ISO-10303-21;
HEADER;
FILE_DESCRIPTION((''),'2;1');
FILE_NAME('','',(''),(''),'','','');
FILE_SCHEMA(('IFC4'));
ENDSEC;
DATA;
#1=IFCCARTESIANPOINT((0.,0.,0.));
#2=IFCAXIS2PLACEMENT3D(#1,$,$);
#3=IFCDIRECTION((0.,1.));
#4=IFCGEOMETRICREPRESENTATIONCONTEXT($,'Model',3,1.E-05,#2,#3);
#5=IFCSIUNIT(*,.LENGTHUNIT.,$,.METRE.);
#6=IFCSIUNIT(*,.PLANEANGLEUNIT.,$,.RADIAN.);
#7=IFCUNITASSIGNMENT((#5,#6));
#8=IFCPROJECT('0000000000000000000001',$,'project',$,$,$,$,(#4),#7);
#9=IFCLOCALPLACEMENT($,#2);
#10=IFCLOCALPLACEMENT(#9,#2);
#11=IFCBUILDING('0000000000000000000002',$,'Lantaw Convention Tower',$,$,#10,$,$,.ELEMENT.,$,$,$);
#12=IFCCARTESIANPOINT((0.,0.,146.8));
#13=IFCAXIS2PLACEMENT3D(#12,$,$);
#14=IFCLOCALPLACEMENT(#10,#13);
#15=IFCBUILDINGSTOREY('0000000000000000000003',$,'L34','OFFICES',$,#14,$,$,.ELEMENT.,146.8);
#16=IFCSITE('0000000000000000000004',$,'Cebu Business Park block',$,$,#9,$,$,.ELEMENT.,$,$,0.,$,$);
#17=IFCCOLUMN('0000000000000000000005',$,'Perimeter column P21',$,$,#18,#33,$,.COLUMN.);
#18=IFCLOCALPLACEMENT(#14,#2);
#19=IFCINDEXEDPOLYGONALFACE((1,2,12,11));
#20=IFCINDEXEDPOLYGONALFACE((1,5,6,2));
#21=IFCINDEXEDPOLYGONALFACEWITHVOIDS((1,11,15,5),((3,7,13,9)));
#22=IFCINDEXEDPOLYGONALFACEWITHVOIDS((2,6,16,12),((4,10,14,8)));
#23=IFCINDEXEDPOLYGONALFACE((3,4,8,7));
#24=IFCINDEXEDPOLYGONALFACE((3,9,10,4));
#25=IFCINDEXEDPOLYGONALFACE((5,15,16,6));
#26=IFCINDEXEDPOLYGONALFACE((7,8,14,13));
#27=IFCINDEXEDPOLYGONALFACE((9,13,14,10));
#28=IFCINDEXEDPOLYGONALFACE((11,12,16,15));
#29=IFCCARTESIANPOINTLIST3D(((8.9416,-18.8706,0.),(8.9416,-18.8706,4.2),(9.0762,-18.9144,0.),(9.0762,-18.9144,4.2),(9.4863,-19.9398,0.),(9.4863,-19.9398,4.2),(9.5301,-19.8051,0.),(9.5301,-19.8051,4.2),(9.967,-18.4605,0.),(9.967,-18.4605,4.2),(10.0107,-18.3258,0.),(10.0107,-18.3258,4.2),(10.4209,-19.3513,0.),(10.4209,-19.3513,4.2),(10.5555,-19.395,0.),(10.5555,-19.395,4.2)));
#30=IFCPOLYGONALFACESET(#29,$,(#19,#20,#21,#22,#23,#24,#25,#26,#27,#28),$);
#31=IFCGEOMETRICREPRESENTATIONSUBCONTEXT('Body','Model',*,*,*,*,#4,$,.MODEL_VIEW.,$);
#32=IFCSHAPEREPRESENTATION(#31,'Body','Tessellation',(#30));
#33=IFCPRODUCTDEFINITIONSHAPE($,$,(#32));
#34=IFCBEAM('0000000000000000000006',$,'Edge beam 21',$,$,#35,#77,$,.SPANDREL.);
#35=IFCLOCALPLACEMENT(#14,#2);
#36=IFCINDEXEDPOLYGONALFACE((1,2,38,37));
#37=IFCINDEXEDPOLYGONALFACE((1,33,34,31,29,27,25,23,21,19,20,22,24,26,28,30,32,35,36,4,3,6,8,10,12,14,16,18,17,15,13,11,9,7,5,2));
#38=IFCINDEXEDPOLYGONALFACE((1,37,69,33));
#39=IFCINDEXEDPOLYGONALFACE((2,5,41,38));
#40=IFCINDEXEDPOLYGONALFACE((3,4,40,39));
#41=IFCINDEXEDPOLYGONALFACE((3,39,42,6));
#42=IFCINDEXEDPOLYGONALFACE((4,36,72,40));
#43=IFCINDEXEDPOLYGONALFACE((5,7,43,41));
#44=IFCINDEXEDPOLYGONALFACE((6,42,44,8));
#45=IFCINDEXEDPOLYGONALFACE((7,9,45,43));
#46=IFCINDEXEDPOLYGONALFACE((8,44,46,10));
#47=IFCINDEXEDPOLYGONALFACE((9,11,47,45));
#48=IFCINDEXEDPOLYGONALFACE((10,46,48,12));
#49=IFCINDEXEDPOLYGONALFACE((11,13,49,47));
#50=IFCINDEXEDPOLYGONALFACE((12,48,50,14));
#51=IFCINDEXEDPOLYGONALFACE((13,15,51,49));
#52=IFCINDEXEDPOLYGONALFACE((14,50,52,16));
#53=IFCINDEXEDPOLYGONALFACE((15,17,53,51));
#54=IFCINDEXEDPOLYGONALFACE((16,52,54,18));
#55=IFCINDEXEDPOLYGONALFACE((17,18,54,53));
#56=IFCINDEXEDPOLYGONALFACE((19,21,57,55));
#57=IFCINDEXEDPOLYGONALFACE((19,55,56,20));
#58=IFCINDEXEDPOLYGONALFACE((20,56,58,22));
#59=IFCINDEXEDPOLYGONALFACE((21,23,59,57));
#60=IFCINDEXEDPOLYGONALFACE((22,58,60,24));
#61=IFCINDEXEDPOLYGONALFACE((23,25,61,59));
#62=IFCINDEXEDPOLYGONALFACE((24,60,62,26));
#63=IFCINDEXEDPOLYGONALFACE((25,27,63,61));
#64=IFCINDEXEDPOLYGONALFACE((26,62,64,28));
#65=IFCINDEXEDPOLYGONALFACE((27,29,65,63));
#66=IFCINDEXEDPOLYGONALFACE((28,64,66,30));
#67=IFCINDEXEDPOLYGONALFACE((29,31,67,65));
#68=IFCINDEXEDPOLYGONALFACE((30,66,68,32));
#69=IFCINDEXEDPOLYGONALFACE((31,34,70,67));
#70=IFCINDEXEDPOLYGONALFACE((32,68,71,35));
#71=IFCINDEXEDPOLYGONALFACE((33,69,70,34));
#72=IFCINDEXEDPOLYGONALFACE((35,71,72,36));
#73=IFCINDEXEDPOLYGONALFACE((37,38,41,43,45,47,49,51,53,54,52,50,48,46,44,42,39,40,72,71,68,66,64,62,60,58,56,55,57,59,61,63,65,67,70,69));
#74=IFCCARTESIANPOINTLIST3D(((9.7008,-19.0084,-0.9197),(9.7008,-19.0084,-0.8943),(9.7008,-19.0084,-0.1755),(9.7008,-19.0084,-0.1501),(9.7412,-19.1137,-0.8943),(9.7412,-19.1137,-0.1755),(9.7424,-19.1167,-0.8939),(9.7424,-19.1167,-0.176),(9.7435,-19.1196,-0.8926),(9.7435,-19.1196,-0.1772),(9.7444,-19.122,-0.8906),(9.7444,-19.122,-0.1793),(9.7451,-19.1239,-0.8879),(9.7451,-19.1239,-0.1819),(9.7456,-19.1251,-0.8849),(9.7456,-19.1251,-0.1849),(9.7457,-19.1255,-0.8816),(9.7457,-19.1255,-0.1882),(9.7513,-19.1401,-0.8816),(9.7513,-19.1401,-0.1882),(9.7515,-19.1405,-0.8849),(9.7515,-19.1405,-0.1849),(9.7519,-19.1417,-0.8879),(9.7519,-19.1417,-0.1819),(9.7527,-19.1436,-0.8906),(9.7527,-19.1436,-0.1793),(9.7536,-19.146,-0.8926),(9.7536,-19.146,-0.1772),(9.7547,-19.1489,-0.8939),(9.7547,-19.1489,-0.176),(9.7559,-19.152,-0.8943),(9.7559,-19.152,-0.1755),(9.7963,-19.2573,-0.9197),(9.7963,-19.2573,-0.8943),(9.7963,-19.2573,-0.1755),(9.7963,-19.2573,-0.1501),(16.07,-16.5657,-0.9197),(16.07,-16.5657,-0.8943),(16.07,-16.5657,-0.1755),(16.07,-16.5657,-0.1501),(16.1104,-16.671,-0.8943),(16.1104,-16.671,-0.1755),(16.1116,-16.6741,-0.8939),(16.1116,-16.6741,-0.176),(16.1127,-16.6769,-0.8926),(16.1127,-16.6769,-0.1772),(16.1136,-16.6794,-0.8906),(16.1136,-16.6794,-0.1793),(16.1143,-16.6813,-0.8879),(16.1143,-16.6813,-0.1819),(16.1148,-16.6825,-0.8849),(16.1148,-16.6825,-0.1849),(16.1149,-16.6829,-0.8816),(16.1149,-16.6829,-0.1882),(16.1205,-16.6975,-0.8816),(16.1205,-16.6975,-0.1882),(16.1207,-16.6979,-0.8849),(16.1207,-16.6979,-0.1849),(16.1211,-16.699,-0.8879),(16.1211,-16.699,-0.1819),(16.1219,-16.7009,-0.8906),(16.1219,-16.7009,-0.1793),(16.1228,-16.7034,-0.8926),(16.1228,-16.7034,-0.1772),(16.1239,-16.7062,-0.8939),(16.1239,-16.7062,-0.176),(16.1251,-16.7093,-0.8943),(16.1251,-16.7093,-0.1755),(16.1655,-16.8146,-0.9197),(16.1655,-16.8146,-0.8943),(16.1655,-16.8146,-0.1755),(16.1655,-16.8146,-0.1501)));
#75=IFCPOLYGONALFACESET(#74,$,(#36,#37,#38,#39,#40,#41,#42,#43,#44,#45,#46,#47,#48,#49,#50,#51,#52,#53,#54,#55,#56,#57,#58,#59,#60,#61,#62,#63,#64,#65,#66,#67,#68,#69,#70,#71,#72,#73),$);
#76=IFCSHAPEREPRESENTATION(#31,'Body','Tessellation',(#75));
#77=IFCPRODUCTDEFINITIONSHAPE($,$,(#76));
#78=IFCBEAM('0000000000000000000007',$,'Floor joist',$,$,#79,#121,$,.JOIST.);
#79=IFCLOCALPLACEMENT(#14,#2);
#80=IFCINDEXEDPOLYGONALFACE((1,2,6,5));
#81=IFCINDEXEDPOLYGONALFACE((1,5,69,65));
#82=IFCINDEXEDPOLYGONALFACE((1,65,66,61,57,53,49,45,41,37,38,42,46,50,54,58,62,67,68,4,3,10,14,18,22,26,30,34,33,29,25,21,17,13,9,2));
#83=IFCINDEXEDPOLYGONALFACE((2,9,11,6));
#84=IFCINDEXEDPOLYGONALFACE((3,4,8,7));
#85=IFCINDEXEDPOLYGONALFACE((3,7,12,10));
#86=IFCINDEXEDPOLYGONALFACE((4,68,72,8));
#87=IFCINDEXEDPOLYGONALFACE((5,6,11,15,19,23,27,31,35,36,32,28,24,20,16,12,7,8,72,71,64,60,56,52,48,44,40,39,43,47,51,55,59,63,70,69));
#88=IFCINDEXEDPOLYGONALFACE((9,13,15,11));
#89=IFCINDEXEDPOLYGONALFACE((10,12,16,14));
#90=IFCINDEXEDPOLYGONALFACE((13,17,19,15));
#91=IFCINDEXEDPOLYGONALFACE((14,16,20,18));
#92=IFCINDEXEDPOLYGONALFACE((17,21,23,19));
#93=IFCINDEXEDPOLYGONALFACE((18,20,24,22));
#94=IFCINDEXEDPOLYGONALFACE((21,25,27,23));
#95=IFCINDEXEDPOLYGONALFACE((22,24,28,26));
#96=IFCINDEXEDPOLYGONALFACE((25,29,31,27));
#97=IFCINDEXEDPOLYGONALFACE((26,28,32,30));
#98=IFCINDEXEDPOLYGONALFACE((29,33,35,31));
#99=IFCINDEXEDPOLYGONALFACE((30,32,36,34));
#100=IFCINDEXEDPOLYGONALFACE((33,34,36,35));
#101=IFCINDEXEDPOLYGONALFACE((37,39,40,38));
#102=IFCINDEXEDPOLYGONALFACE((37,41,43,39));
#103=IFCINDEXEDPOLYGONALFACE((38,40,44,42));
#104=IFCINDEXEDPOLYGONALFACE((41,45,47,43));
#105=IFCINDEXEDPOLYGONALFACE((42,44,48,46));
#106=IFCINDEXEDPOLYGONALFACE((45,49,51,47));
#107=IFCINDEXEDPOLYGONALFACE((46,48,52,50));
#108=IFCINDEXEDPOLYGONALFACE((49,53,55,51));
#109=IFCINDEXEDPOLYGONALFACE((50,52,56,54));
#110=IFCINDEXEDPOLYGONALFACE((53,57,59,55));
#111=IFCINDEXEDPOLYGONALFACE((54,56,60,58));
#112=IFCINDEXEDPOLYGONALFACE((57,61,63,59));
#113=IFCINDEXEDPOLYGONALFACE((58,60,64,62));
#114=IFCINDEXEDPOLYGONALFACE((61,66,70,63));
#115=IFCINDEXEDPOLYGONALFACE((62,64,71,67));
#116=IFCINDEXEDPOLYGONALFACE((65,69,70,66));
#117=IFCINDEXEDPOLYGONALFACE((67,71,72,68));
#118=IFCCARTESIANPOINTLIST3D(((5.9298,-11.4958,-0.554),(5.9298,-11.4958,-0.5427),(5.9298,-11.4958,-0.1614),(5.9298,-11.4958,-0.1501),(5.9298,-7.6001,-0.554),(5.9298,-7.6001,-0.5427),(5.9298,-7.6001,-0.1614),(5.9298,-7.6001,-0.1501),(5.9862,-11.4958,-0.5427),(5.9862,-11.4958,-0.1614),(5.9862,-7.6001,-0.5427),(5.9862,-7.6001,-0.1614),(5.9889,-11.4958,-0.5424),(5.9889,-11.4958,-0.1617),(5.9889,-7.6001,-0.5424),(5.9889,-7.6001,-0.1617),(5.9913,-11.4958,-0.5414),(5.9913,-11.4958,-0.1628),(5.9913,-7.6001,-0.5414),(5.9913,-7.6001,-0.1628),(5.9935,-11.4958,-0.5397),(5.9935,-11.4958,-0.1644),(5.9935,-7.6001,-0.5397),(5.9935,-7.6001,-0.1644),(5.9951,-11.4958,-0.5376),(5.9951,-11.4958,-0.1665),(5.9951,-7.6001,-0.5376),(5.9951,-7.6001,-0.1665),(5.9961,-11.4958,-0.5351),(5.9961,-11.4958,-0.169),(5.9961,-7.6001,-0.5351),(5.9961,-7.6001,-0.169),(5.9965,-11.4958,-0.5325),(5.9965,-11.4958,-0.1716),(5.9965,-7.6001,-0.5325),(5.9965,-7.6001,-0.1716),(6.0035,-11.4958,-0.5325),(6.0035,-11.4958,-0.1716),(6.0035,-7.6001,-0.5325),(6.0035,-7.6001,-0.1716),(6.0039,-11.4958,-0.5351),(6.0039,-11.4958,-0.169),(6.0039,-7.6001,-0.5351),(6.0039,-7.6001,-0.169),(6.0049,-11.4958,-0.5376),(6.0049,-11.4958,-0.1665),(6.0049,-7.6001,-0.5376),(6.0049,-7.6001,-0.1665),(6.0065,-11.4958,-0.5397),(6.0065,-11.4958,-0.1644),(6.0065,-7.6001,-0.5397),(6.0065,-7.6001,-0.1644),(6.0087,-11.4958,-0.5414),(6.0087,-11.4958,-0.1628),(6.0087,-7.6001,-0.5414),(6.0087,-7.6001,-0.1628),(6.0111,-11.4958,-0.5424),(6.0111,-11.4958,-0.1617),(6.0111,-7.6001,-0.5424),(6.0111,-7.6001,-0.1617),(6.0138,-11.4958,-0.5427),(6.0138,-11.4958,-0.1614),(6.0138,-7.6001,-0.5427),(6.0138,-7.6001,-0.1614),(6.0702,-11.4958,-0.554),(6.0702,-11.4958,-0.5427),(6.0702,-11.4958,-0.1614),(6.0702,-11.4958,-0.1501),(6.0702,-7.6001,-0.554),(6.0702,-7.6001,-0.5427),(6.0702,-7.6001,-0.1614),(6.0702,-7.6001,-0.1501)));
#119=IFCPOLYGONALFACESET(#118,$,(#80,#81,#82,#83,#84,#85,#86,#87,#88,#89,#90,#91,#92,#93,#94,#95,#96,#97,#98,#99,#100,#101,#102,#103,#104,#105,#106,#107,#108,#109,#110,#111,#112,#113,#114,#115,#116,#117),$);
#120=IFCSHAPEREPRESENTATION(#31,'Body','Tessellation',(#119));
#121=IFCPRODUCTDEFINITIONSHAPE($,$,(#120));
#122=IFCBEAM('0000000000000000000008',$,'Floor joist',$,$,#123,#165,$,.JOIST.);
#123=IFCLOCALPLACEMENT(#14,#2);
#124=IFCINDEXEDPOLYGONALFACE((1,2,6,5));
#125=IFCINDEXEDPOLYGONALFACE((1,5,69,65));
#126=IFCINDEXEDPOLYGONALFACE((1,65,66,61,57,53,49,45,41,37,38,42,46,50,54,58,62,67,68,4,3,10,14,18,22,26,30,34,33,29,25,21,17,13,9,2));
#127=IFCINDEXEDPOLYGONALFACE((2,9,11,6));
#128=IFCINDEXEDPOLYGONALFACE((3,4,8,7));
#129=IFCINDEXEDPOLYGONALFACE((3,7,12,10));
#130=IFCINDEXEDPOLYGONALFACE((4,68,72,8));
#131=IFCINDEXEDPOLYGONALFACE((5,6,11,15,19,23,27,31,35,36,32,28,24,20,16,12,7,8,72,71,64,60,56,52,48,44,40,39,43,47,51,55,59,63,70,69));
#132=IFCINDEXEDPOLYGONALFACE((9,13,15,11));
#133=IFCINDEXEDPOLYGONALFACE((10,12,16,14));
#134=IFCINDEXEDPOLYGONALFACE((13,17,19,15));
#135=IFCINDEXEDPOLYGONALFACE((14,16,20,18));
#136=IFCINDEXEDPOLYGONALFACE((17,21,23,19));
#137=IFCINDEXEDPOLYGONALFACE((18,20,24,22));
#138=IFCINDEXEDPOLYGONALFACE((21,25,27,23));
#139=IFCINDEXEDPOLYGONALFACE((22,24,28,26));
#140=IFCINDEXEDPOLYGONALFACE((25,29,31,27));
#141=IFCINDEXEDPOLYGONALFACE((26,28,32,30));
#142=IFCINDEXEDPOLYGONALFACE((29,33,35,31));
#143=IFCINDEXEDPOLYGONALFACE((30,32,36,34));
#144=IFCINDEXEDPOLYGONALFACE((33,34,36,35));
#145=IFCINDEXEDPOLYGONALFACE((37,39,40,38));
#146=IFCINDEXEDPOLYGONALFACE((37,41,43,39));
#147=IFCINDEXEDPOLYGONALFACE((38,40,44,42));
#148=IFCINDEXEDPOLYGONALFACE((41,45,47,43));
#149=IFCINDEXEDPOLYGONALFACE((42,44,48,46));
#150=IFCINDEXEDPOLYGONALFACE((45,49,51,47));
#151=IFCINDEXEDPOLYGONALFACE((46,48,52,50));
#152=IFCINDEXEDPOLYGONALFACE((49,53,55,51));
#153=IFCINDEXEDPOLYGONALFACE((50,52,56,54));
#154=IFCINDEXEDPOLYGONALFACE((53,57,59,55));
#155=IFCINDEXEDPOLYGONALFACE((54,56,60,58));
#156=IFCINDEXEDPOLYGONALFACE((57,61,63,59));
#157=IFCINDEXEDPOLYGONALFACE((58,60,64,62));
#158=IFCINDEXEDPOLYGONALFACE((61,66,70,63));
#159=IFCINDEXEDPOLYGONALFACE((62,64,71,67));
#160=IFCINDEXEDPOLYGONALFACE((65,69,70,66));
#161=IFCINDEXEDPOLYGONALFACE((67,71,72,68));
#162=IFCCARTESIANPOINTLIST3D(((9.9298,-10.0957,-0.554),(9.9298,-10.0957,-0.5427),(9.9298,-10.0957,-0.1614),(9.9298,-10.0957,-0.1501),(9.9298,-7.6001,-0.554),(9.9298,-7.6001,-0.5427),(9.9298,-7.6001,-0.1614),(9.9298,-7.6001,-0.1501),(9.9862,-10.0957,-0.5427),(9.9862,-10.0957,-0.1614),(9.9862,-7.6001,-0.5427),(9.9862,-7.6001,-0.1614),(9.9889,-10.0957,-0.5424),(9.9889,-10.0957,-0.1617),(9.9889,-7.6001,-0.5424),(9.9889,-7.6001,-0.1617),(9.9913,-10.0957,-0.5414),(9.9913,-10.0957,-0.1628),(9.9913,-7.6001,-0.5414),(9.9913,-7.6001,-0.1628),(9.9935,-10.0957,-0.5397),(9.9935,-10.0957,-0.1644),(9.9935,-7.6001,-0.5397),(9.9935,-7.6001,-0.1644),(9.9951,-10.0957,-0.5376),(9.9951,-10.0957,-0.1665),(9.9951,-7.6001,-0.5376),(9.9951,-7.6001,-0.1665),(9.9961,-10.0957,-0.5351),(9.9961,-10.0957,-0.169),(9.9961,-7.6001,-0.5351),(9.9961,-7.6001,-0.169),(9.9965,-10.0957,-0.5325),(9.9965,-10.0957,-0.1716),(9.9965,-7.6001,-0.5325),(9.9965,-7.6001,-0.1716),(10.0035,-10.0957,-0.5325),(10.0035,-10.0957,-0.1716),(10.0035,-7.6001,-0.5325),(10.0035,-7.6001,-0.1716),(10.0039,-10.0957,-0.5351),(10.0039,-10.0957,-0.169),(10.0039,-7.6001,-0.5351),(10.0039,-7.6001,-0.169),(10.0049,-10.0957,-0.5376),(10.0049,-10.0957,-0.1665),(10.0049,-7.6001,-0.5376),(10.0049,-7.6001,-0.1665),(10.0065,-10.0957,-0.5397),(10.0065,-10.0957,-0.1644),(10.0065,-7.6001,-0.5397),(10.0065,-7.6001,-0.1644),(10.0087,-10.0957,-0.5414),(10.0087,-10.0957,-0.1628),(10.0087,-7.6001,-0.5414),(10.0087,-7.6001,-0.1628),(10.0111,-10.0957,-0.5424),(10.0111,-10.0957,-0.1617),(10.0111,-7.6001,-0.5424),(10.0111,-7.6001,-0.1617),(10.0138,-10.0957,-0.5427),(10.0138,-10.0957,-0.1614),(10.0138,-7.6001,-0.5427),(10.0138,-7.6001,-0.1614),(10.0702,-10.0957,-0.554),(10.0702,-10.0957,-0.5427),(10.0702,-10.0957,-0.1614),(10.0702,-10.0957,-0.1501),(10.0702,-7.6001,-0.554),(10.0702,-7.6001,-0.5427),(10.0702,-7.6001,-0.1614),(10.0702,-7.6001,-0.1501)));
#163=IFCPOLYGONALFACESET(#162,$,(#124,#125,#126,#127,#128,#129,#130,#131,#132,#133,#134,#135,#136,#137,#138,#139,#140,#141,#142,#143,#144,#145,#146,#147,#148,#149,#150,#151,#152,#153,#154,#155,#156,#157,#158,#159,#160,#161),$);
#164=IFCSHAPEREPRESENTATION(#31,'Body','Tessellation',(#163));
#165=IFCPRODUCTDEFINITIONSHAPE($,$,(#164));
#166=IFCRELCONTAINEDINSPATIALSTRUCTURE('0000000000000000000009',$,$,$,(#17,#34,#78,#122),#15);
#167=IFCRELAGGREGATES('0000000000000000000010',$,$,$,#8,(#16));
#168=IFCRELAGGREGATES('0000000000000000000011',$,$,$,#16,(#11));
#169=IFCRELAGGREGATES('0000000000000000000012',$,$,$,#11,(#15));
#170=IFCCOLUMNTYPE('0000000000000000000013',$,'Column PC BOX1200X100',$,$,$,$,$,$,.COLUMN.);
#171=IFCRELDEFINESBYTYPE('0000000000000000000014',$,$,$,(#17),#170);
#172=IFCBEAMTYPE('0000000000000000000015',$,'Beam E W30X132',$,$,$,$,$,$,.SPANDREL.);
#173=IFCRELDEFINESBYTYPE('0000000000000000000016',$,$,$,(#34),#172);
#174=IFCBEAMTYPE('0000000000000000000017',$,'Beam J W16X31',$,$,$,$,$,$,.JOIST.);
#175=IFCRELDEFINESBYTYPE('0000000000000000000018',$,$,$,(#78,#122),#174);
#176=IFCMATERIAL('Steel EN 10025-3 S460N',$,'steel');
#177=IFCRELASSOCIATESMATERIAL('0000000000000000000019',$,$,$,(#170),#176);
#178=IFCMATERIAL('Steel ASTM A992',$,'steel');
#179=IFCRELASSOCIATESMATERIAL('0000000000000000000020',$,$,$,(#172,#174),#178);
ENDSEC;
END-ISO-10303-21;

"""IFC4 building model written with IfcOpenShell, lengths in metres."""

from ifc_helpers import new_model, si_unit, direction, frame, origin, origin_2d, place, context, subcontext, project, spatial, rectangle, hollow_rectangle, i_section, extrude, material, material_profile, profile_set, type_object, element, save


model = new_model("IFC4")

# Units and contexts
model_context = context("Model", 3, precision=1e-05, world=origin(), true_north=direction((0.0, 1.0)))
body_context = subcontext(model_context, "Body", "Model", "MODEL_VIEW")
ifc_project = project(units=[si_unit("LENGTHUNIT", "METRE"), si_unit("PLANEANGLEUNIT", "RADIAN")], contexts=[model_context])

# Site, building, storey
site_placement = place(None, origin())
site = spatial("IfcSite", under=ifc_project, at=site_placement, Name="Cebu Business Park block", CompositionType="ELEMENT", RefElevation=0.0)
building_placement = place(site_placement, origin())
building = spatial("IfcBuilding", under=site, at=building_placement, Name="Lantaw Convention Tower", CompositionType="ELEMENT")
storey_placement = place(building_placement, frame((0.0, 0.0, 146.8)))
storey = spatial("IfcBuildingStorey", under=building, at=storey_placement, Name="L34", Description="OFFICES", CompositionType="ELEMENT", Elevation=146.8)

# Column
ifc_material_1 = material(Name="Steel EN 10025-3 S460N", Category="steel")
ifc_material_profile_1 = material_profile(ifc_material_1, hollow_rectangle(XDim=1.2, YDim=1.2, WallThickness=0.1001, at=origin_2d()), Name="BOX1200X100")
ifc_material_2 = material(Name="Concrete C60/75", Category="concrete")
ifc_material_profile_2 = material_profile(ifc_material_2, rectangle(XDim=1.0, YDim=1.0, at=origin_2d()), Name="Concrete fill of BOX1200X100")
ifc_profile_set_1 = profile_set([ifc_material_profile_1, ifc_material_profile_2], Name="Steel EN 10025-3 S460N")
column_type = type_object("IfcColumnType", Name="Column PC BOX1200X100", PredefinedType="COLUMN", material=ifc_profile_set_1)
column_placement = place(storey_placement, frame((9.7485, -19.1328, 0.0), z_axis=(0.0, 0.0, 1.0), x_axis=(0.891007, 0.45399, 0.0)))
element("IfcColumn", 1, at=column_placement, inside=storey, type_object=column_type, Name="Perimeter column P21", PredefinedType="COLUMN", context=body_context, shape_type="SweptSolid", body=[
    extrude(hollow_rectangle(XDim=1.2, YDim=1.2, WallThickness=0.1001, at=origin_2d()), origin(), (0.0, 0.0, 1.0), 4.2),
])

# Beams
ifc_material_3 = material(Name="Steel ASTM A992", Category="steel")
ifc_material_profile_3 = material_profile(ifc_material_3, i_section(OverallWidth=0.2666, OverallDepth=0.7695, WebThickness=0.0156, FlangeThickness=0.0254, FilletRadius=0.0127, at=origin_2d()), Name="W30X132")
ifc_profile_set_2 = profile_set([ifc_material_profile_3], Name="Steel ASTM A992")
beam_type_1 = type_object("IfcBeamType", Name="Beam E W30X132", PredefinedType="SPANDREL", material=ifc_profile_set_2)
beam_1_placement = place(storey_placement, frame((9.7485, -19.1328, -0.5349), z_axis=(0.933691, 0.35808, 0.0), x_axis=(-0.35808, 0.933691, 0.0)))
element("IfcBeam", 2, at=beam_1_placement, inside=storey, type_object=beam_type_1, Name="Edge beam 21", PredefinedType="SPANDREL", context=body_context, shape_type="SweptSolid", body=[
    extrude(i_section(OverallWidth=0.2666, OverallDepth=0.7695, WebThickness=0.0156, FlangeThickness=0.0254, FilletRadius=0.0127, at=origin_2d()), origin(), (0.0, 0.0, 1.0), 6.8215),
])
ifc_material_profile_4 = material_profile(ifc_material_3, i_section(OverallWidth=0.1404, OverallDepth=0.4038, WebThickness=0.0071, FlangeThickness=0.0112, FilletRadius=0.0103, at=origin_2d()), Name="W16X31")
ifc_profile_set_3 = profile_set([ifc_material_profile_4], Name="Steel ASTM A992")
beam_type_2 = type_object("IfcBeamType", Name="Beam J W16X31", PredefinedType="JOIST", material=ifc_profile_set_3)
beam_2_placement = place(storey_placement, frame((6.0, -11.4958, -0.3521), z_axis=(0.0, 1.0, 0.0), x_axis=(-1.0, 0.0, 0.0)))
element("IfcBeam", 3, at=beam_2_placement, inside=storey, type_object=beam_type_2, Name="Floor joist", PredefinedType="JOIST", context=body_context, shape_type="SweptSolid", body=[
    extrude(i_section(OverallWidth=0.1404, OverallDepth=0.4038, WebThickness=0.0071, FlangeThickness=0.0112, FilletRadius=0.0103, at=origin_2d()), origin(), (0.0, 0.0, 1.0), 3.8958),
])
beam_3_placement = place(storey_placement, frame((10.0, -10.0957, -0.3521), z_axis=(0.0, 1.0, 0.0), x_axis=(-1.0, 0.0, 0.0)))
element("IfcBeam", 4, at=beam_3_placement, inside=storey, type_object=beam_type_2, Name="Floor joist", PredefinedType="JOIST", context=body_context, shape_type="SweptSolid", body=[
    extrude(i_section(OverallWidth=0.1404, OverallDepth=0.4038, WebThickness=0.0071, FlangeThickness=0.0112, FilletRadius=0.0103, at=origin_2d()), origin(), (0.0, 0.0, 1.0), 2.4956),
])

save(model, "model.ifc")
